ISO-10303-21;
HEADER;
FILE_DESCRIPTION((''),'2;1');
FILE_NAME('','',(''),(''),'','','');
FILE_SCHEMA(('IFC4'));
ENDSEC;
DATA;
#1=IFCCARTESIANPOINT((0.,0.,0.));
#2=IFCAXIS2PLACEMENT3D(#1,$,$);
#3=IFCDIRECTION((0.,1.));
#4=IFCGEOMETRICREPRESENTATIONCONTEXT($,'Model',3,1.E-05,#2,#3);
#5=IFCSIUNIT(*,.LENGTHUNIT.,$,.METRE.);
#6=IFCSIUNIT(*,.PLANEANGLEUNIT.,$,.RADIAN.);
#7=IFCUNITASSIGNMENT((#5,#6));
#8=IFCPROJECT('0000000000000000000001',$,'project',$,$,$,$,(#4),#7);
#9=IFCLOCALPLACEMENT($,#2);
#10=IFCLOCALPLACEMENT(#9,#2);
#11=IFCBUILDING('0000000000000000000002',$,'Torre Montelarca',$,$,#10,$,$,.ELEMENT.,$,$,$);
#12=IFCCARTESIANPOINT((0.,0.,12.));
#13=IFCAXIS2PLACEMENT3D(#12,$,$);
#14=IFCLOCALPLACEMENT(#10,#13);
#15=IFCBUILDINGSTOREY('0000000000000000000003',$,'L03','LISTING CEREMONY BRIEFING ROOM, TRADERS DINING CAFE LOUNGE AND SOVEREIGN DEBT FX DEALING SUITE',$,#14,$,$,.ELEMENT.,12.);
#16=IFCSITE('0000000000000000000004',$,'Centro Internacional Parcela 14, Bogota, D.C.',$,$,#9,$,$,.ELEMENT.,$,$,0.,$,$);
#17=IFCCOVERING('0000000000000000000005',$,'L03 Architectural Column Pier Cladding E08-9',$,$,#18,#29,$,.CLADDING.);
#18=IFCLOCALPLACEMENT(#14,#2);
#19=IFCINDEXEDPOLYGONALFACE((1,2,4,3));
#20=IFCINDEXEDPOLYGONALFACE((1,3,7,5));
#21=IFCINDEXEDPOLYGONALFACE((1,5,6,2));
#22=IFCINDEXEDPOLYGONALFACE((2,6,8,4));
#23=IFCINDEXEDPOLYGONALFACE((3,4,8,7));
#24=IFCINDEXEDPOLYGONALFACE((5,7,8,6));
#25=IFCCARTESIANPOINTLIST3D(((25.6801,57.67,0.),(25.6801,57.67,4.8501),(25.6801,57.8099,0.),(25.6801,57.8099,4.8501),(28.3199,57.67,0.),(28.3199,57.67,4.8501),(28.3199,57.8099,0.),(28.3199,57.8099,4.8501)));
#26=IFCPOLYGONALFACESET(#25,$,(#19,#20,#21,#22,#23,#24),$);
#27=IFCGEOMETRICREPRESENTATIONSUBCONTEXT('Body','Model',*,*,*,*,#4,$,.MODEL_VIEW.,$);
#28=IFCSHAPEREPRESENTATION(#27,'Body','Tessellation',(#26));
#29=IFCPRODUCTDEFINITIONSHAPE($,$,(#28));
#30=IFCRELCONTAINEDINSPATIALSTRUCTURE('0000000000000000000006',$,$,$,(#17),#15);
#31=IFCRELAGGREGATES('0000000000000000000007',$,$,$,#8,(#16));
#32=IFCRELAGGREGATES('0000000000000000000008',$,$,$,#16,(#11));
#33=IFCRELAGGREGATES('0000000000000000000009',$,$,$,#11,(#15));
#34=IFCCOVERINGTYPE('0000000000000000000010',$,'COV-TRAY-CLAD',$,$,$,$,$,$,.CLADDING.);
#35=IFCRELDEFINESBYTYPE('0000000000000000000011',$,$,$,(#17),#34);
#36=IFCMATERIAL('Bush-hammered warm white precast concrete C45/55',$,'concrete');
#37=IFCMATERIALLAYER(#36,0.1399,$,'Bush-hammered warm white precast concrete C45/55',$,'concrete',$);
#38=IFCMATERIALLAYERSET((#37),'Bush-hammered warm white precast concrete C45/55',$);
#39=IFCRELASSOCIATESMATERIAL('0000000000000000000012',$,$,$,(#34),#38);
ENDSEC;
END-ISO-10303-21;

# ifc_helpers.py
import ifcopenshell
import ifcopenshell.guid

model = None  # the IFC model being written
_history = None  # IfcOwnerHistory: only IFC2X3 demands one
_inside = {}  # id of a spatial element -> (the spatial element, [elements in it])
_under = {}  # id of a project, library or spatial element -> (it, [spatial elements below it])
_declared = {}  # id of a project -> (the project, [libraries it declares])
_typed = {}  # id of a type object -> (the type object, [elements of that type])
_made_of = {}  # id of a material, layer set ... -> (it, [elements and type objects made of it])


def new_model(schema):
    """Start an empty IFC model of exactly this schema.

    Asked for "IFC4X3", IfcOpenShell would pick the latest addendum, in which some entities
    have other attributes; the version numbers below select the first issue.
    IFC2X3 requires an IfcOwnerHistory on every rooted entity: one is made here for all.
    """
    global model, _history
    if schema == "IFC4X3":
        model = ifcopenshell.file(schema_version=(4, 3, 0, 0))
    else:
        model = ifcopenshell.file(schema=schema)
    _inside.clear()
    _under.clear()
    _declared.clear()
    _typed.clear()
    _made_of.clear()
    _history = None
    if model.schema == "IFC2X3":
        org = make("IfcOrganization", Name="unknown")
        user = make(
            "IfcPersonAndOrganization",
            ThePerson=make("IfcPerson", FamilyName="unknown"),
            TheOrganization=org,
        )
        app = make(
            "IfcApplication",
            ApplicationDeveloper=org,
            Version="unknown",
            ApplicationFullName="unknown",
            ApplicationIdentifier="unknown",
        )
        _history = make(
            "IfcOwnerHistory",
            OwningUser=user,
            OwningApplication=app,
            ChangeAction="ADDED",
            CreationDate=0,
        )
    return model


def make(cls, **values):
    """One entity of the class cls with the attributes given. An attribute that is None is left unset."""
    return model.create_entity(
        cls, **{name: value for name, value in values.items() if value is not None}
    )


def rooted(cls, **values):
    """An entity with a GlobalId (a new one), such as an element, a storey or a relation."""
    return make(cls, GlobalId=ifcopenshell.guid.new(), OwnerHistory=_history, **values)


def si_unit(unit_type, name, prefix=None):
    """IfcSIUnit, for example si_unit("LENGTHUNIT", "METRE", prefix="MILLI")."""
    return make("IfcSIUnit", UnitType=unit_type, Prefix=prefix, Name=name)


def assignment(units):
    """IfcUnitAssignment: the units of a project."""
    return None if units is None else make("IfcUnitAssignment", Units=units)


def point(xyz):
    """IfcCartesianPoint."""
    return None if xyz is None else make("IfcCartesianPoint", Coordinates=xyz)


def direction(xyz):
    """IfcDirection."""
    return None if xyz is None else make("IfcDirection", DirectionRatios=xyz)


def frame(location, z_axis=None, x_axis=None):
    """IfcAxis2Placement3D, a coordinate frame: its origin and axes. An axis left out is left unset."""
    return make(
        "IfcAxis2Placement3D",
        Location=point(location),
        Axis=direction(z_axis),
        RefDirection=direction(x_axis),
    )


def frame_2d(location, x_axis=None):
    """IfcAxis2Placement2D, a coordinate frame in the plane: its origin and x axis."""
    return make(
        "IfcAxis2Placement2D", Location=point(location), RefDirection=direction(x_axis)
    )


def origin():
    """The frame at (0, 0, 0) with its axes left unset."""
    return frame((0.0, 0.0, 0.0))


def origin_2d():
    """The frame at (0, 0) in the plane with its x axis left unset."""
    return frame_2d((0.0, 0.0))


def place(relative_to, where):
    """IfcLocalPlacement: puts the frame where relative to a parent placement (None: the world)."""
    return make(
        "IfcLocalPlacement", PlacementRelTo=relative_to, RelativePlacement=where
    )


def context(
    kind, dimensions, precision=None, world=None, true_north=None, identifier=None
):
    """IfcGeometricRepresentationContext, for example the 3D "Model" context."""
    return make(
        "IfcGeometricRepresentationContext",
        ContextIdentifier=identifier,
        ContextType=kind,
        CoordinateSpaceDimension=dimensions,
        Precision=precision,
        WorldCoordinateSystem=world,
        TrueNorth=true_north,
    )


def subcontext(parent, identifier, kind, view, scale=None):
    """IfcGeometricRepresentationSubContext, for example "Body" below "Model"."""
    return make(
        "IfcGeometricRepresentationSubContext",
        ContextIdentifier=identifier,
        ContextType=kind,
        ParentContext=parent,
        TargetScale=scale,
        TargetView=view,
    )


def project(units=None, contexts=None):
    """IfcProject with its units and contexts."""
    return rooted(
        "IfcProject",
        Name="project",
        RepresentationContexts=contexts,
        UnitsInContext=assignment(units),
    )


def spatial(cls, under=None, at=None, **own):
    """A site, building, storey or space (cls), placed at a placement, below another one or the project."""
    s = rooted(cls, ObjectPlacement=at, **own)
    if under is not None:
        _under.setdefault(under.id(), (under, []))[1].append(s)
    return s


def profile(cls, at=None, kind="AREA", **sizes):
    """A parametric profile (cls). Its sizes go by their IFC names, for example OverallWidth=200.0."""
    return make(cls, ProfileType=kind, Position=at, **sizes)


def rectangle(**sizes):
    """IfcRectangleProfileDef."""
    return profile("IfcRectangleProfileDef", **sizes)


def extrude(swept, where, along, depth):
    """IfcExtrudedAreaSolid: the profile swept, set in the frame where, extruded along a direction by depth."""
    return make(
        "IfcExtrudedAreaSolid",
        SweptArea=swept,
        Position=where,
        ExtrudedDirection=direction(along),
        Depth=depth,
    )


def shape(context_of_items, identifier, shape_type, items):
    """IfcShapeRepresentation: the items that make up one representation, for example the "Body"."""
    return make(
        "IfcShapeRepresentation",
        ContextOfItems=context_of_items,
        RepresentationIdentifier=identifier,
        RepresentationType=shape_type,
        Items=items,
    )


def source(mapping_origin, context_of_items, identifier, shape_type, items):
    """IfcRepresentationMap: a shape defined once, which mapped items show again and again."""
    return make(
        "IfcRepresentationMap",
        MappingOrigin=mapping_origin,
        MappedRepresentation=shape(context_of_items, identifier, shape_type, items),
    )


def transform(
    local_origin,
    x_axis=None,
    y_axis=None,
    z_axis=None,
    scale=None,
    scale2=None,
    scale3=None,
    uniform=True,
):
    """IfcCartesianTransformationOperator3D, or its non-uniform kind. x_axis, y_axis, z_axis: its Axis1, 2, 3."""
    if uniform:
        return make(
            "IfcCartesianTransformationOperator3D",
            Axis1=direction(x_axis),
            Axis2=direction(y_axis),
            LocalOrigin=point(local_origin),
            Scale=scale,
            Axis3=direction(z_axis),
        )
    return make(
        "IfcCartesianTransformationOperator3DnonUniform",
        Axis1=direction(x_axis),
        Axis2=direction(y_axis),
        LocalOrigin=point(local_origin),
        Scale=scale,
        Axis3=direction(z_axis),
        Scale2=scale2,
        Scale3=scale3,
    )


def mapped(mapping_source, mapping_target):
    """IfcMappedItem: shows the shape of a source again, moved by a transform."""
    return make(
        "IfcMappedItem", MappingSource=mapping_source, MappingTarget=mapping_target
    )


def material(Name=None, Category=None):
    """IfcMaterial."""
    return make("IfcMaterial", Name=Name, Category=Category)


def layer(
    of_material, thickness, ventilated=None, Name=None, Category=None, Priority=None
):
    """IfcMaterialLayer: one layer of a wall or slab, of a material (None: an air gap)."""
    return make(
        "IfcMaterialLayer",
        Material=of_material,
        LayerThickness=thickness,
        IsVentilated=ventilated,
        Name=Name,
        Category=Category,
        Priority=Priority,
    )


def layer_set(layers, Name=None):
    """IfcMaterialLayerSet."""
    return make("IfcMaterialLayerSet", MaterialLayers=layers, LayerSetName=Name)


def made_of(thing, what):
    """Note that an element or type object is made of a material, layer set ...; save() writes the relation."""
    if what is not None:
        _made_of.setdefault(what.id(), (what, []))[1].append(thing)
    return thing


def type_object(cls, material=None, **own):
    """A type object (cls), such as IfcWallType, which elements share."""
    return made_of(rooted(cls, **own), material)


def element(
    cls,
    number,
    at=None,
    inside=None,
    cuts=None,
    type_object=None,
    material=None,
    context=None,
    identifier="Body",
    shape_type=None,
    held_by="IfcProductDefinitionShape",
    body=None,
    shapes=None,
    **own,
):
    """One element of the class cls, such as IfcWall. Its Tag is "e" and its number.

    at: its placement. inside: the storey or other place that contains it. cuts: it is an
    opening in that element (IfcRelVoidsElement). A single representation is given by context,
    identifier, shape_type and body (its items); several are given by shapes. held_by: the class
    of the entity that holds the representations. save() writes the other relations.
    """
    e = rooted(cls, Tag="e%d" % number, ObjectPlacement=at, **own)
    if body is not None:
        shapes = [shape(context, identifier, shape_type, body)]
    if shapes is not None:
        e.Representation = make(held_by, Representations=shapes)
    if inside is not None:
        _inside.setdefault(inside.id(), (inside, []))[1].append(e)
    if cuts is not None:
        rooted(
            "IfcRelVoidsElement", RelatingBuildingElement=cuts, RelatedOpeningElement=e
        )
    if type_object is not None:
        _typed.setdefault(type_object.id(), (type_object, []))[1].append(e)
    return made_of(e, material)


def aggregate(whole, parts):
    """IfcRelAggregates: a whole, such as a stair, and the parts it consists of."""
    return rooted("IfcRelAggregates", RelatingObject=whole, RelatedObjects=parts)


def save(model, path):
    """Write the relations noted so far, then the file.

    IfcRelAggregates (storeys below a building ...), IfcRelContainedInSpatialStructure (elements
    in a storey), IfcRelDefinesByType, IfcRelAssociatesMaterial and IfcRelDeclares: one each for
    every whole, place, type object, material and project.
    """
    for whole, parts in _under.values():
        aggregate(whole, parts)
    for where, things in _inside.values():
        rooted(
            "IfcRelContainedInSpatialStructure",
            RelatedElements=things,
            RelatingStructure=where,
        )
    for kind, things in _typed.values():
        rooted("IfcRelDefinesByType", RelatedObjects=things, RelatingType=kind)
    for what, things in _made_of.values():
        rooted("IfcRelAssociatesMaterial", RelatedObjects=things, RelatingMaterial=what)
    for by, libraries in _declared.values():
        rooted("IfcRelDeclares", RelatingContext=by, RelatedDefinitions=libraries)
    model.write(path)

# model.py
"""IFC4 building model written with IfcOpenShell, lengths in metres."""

from ifc_helpers import new_model, si_unit, direction, frame, origin, origin_2d, place, context, subcontext, project, spatial, rectangle, extrude, source, transform, mapped, material, layer, layer_set, type_object, element, save


model = new_model("IFC4")

# Units and contexts
model_context = context("Model", 3, precision=1e-05, world=origin(), true_north=direction((0.0, 1.0)))
body_context = subcontext(model_context, "Body", "Model", "MODEL_VIEW")
ifc_project = project(units=[si_unit("LENGTHUNIT", "METRE"), si_unit("PLANEANGLEUNIT", "RADIAN")], contexts=[model_context])

# Site, building, storey
site_placement = place(None, origin())
site = spatial("IfcSite", under=ifc_project, at=site_placement, Name="Centro Internacional Parcela 14, Bogota, D.C.", CompositionType="ELEMENT", RefElevation=0.0)
building_placement = place(site_placement, origin())
building = spatial("IfcBuilding", under=site, at=building_placement, Name="Torre Montelarca", CompositionType="ELEMENT")
storey_placement = place(building_placement, frame((0.0, 0.0, 12.0)))
storey = spatial("IfcBuildingStorey", under=building, at=storey_placement, Name="L03", Description="LISTING CEREMONY BRIEFING ROOM, TRADERS DINING CAFE LOUNGE AND SOVEREIGN DEBT FX DEALING SUITE", CompositionType="ELEMENT", Elevation=12.0)

# Covering
ifc_material_1 = material(Name="Bush-hammered warm white precast concrete C45/55", Category="concrete")
ifc_layer_1 = layer(ifc_material_1, 0.1399, Name="Bush-hammered warm white precast concrete C45/55", Category="concrete")
ifc_layer_set_1 = layer_set([ifc_layer_1], Name="Bush-hammered warm white precast concrete C45/55")
covering_type = type_object("IfcCoveringType", Name="COV-TRAY-CLAD", PredefinedType="CLADDING", material=ifc_layer_set_1)
shared_shape_1 = source(origin(), body_context, "Body", "SweptSolid", [
    extrude(rectangle(XDim=2.6399, YDim=0.1399, at=origin_2d()), origin(), (0.0, 0.0, 1.0), 4.8501),
])
covering_placement = place(storey_placement, frame((27.0, 57.74, 0.0), z_axis=(0.0, 0.0, 1.0), x_axis=(-1.0, 0.0, 0.0)))
element("IfcCovering", 1, at=covering_placement, inside=storey, type_object=covering_type, Name="L03 Architectural Column Pier Cladding E08-9", PredefinedType="CLADDING", context=body_context, shape_type="MappedRepresentation", body=[
    mapped(shared_shape_1, transform((0.0, 0.0, 0.0), scale=1.0)),
])

save(model, "model.ifc")
